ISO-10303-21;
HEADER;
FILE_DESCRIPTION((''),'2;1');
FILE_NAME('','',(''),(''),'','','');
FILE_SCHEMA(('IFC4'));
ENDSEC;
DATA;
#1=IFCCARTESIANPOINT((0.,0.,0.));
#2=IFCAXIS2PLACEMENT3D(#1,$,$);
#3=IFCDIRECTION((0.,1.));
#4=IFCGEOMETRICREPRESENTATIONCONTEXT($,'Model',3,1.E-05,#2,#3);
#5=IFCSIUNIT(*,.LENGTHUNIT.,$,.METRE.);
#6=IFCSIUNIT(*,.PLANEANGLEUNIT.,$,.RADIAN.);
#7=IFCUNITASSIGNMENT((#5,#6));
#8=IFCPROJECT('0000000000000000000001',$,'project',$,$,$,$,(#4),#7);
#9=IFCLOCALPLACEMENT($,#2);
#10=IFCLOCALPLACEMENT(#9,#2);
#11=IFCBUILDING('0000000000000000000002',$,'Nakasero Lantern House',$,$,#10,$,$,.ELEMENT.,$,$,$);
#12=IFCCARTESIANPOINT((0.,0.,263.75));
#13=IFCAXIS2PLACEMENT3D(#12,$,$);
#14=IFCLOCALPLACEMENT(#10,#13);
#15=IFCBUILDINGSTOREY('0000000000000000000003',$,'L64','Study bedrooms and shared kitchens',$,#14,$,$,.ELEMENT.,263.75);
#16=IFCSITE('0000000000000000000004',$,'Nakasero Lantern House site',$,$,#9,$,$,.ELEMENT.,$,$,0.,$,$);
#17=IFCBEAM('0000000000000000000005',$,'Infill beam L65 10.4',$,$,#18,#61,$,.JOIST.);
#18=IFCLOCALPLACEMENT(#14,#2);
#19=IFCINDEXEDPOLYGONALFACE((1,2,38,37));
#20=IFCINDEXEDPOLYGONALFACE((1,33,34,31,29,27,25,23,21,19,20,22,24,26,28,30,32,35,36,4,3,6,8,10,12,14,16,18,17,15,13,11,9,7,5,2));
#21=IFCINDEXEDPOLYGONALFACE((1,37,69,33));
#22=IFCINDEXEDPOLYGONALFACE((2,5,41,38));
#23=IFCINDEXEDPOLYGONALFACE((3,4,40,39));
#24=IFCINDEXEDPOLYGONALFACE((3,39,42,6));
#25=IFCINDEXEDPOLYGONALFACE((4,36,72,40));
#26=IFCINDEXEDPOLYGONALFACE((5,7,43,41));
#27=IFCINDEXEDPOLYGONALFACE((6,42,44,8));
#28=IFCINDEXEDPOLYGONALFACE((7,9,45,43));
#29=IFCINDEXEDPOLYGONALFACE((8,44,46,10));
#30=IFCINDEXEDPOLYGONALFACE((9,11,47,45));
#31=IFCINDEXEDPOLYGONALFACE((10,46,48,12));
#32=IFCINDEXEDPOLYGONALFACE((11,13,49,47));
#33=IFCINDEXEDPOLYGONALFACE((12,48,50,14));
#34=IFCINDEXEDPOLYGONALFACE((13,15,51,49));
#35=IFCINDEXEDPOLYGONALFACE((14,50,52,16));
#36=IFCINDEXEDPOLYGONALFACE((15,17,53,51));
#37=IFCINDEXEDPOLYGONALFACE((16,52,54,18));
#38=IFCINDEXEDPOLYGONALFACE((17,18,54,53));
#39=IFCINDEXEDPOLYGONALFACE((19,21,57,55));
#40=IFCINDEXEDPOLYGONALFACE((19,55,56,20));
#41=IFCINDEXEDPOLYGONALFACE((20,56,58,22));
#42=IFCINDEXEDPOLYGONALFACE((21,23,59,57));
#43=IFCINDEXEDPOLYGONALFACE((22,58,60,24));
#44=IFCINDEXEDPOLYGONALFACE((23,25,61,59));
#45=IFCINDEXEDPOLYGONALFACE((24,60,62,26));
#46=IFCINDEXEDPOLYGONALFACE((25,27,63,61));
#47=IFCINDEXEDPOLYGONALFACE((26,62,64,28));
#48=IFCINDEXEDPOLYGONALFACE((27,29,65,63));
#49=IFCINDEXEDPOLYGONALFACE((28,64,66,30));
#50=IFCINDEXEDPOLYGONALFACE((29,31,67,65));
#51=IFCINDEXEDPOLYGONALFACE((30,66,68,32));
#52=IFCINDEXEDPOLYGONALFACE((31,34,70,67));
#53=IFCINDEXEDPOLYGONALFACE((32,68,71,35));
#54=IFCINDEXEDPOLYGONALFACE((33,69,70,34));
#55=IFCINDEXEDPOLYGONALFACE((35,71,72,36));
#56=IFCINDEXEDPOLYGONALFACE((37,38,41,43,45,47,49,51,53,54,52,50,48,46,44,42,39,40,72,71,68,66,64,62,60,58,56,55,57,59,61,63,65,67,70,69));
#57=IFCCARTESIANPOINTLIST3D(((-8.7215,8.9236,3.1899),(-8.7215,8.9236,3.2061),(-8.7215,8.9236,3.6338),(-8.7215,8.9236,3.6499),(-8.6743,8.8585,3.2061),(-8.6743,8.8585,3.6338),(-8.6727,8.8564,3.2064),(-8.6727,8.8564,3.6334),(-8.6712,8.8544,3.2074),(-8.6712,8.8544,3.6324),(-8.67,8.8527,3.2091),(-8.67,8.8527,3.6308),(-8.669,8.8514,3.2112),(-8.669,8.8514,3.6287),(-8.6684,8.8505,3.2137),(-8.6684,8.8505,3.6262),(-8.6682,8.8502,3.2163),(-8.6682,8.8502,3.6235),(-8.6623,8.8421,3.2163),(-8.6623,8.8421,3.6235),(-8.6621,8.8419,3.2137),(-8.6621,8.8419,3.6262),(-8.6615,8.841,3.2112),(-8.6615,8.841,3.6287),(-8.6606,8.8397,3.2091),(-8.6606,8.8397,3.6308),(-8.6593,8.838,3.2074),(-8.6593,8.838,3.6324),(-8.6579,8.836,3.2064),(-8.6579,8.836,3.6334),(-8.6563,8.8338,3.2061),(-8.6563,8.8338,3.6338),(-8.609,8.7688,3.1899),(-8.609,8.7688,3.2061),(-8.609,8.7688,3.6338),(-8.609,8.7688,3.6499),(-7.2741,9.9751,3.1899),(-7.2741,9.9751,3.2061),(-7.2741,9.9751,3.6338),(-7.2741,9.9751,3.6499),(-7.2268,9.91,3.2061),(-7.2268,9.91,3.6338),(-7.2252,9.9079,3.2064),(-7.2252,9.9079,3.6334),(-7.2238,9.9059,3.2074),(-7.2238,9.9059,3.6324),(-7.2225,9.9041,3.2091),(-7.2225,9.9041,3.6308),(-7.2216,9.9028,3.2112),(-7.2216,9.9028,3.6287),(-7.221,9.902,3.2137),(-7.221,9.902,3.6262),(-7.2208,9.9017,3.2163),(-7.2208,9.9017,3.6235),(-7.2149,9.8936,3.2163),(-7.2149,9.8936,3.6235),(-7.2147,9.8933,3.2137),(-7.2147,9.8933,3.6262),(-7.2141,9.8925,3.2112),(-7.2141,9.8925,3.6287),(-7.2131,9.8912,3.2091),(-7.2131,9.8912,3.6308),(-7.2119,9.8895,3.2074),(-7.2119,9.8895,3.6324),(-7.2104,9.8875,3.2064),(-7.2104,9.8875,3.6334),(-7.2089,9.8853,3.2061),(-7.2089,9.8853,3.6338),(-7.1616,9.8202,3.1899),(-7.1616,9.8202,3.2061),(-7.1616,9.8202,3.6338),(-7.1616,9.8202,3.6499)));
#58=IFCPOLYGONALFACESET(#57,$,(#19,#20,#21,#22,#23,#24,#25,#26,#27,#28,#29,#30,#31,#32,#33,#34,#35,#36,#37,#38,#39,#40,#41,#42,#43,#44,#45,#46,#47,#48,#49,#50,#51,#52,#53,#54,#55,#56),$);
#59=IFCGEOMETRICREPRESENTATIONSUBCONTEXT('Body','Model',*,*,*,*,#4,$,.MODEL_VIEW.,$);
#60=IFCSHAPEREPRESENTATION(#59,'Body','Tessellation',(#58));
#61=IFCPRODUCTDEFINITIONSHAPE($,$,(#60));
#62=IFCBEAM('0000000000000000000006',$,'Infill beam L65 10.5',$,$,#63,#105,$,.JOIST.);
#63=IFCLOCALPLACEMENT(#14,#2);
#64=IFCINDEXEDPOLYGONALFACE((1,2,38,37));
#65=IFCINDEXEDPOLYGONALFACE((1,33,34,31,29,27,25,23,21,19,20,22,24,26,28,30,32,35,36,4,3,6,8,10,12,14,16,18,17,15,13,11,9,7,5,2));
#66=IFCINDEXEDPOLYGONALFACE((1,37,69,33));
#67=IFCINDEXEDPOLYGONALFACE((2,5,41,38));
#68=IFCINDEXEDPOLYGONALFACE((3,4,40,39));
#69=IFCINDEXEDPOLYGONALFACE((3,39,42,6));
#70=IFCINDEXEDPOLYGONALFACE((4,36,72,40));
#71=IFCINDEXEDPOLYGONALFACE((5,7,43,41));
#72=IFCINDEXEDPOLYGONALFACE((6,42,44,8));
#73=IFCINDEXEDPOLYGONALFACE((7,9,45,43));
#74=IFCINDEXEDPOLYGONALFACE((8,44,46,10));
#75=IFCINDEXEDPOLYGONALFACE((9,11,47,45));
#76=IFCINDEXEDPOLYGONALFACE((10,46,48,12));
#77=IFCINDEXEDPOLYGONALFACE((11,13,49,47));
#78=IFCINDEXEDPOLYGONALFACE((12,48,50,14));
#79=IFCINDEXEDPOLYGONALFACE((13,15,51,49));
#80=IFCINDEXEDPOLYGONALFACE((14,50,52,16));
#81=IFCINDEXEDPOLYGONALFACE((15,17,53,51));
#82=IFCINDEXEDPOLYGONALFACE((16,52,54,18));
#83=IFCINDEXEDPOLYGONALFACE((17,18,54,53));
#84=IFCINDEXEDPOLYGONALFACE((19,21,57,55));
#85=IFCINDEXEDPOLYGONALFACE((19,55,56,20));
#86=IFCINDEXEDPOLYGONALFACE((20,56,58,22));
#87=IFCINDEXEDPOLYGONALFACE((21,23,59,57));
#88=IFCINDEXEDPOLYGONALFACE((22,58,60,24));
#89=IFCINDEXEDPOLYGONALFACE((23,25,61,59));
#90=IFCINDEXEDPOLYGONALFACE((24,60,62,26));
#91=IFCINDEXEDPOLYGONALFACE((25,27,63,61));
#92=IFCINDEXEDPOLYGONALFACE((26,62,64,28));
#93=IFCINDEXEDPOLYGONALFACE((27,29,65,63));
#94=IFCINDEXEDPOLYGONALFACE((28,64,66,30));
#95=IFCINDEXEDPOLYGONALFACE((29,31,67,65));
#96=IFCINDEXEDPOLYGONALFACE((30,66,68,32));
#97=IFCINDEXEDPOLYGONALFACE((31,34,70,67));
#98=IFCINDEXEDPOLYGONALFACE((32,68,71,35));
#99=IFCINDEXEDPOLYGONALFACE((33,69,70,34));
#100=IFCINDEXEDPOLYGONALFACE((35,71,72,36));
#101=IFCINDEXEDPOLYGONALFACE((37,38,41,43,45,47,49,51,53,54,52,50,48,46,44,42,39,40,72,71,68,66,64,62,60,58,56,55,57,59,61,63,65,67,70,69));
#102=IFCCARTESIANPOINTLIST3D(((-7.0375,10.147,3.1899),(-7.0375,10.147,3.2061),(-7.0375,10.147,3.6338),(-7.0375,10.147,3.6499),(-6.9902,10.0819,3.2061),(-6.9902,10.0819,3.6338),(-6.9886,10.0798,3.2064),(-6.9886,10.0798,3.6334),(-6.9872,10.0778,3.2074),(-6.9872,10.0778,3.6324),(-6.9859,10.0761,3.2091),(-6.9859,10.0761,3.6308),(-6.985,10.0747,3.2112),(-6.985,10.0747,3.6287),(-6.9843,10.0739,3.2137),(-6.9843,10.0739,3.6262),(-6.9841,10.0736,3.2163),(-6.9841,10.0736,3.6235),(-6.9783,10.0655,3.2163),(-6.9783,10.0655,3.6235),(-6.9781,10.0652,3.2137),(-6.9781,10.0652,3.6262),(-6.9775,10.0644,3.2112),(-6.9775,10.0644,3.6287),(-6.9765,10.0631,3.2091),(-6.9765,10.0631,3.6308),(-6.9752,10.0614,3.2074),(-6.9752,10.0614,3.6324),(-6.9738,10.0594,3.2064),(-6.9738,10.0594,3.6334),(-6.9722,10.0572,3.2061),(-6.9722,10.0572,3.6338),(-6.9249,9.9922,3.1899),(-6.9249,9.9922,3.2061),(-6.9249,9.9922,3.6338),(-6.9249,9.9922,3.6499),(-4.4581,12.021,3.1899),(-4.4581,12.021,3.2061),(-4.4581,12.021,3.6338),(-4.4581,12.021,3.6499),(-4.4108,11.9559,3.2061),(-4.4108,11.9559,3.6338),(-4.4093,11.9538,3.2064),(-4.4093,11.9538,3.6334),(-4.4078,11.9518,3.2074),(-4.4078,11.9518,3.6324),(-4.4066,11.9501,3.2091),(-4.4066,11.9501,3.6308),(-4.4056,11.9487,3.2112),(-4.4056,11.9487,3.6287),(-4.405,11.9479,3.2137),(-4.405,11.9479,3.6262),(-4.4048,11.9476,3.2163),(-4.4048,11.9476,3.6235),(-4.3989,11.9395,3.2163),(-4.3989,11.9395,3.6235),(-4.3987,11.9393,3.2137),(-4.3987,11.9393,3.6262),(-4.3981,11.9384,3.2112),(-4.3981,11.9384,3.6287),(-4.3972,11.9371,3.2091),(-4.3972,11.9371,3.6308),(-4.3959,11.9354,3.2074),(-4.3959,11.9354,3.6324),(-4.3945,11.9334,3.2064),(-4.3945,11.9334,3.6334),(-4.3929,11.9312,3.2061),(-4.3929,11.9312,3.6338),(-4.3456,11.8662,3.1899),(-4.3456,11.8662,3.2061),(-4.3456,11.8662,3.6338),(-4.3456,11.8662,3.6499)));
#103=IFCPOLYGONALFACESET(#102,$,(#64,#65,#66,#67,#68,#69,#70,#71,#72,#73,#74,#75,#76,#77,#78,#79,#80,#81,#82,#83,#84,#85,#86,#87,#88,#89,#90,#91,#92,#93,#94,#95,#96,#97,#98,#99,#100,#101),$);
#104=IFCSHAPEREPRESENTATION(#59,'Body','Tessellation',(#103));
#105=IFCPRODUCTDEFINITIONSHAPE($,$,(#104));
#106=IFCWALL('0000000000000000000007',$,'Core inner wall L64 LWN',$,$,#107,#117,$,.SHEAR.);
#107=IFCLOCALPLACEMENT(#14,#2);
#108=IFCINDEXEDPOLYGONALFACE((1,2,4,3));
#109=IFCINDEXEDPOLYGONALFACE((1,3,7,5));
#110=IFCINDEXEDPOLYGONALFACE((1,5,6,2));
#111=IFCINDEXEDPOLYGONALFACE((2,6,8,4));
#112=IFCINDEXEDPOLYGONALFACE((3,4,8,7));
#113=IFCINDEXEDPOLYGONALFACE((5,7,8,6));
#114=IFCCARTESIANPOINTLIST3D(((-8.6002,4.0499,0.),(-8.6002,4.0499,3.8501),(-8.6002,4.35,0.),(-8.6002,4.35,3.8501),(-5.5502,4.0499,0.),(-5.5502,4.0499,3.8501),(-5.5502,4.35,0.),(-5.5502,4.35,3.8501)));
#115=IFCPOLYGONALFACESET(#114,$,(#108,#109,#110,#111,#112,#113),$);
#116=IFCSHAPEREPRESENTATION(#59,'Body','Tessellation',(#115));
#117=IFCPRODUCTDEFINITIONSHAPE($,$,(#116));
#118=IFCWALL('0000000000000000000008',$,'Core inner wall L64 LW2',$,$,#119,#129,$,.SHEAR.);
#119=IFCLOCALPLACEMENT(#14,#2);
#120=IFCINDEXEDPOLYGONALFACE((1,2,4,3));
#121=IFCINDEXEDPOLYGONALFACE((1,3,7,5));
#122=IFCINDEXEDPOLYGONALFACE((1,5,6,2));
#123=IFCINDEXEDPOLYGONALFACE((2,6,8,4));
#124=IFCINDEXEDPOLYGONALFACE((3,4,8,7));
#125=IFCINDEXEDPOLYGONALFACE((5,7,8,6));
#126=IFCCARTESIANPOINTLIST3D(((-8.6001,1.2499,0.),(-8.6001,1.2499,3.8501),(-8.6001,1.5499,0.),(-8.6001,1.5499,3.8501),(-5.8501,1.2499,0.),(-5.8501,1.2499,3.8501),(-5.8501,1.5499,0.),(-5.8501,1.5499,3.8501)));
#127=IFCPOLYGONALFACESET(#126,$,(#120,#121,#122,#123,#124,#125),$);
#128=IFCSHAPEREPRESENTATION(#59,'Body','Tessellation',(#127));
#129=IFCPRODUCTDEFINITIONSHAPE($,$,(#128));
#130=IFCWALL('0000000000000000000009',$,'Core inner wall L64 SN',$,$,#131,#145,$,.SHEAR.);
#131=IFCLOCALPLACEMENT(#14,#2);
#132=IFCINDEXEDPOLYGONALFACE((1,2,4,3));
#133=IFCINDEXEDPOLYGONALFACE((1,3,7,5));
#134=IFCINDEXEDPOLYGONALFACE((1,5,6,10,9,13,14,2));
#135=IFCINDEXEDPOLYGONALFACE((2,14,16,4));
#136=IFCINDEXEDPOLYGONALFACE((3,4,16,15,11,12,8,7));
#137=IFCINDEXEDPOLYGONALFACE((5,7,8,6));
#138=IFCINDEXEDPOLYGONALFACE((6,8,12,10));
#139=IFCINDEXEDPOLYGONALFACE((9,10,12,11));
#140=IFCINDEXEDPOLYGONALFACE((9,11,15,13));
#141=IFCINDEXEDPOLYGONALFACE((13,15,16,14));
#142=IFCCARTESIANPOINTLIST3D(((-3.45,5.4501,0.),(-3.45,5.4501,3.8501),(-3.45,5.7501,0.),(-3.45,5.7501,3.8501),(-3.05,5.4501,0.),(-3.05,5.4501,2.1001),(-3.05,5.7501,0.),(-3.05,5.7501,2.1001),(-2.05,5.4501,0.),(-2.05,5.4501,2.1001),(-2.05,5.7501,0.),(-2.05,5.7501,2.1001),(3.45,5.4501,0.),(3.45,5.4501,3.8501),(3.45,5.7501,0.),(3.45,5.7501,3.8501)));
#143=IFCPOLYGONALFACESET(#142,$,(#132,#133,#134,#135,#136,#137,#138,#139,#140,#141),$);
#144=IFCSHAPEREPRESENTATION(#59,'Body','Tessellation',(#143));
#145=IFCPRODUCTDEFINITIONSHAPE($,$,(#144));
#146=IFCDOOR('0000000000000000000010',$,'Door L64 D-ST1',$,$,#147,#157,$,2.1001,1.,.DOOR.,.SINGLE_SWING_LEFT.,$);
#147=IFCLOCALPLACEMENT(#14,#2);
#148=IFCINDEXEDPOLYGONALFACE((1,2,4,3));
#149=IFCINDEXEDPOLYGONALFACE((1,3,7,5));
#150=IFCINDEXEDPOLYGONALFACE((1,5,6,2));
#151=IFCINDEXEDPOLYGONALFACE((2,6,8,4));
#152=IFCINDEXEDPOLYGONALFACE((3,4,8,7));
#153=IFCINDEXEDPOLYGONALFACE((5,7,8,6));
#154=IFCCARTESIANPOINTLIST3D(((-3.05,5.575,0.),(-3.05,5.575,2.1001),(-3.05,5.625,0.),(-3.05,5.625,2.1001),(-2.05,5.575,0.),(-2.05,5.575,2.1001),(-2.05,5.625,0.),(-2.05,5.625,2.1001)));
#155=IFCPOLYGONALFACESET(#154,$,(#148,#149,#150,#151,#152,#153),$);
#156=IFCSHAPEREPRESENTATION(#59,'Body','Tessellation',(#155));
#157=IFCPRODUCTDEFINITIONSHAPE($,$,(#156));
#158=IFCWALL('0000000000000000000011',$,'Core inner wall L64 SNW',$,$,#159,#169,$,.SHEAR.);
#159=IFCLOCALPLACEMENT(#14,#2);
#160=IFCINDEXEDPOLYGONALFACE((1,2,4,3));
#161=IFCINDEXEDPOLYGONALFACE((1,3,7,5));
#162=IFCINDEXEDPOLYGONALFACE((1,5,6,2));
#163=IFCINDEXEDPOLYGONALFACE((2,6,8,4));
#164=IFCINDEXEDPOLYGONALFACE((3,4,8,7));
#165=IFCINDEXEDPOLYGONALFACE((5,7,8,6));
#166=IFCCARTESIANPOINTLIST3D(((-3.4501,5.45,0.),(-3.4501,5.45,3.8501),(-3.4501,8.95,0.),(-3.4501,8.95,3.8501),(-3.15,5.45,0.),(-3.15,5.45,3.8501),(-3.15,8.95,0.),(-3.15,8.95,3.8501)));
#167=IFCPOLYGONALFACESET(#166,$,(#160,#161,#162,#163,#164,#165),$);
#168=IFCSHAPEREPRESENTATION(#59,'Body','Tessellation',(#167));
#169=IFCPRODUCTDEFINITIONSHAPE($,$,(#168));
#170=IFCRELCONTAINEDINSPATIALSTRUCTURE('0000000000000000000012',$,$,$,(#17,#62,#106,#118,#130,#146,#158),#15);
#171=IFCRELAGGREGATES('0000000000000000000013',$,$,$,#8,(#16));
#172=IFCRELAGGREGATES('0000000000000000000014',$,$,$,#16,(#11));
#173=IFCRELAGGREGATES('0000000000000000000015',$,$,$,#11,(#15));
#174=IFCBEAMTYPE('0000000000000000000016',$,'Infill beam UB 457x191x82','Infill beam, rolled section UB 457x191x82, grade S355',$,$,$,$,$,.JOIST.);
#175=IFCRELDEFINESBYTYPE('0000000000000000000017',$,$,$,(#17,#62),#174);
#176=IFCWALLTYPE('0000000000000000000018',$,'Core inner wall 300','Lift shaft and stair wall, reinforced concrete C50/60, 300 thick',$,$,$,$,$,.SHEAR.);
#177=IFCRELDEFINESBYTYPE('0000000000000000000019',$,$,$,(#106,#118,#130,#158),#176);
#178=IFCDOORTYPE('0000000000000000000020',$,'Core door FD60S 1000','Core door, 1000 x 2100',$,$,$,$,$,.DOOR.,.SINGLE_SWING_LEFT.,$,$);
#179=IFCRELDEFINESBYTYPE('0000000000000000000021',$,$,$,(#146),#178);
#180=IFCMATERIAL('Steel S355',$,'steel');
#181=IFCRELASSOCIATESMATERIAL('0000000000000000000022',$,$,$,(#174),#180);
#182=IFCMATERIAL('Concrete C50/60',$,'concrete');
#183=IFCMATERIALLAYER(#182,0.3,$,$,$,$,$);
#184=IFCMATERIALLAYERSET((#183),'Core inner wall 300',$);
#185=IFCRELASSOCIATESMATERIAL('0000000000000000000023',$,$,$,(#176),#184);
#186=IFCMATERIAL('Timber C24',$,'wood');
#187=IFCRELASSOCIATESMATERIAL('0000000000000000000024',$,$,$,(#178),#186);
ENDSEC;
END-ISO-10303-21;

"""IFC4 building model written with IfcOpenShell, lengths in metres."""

from ifc_helpers import new_model, si_unit, direction, frame, frame_2d, origin, origin_2d, place, context, subcontext, project, spatial, rectangle, i_section, extrude, material, layer, layer_set, material_profile, profile_set, type_object, element, fill, save


model = new_model("IFC4")

# Units and contexts
model_context = context("Model", 3, precision=1e-05, world=origin(), true_north=direction((0.0, 1.0)))
body_context = subcontext(model_context, "Body", "Model", "MODEL_VIEW")
ifc_project = project(units=[si_unit("LENGTHUNIT", "METRE"), si_unit("PLANEANGLEUNIT", "RADIAN")], contexts=[model_context])

# Site, building, storey
site_placement = place(None, origin())
site = spatial("IfcSite", under=ifc_project, at=site_placement, Name="Nakasero Lantern House site", CompositionType="ELEMENT", RefElevation=0.0)
building_placement = place(site_placement, origin())
building = spatial("IfcBuilding", under=site, at=building_placement, Name="Nakasero Lantern House", CompositionType="ELEMENT")
storey_placement = place(building_placement, frame((0.0, 0.0, 263.75)))
storey = spatial("IfcBuildingStorey", under=building, at=storey_placement, Name="L64", Description="Study bedrooms and shared kitchens", CompositionType="ELEMENT", Elevation=263.75)

# Beams
ifc_material_1 = material(Name="Steel S355", Category="steel")
ifc_material_profile = material_profile(ifc_material_1, i_section(OverallWidth=0.1914, OverallDepth=0.46, WebThickness=0.01, FlangeThickness=0.0161, FilletRadius=0.0103, at=origin_2d()), Name="UB 457x191x82")
ifc_profile_set = profile_set([ifc_material_profile], Name="Steel S355")
beam_type = type_object("IfcBeamType", Name="Infill beam UB 457x191x82", Description="Infill beam, rolled section UB 457x191x82, grade S355", PredefinedType="JOIST", material=ifc_profile_set)
beam_1_placement = place(storey_placement, frame((-8.6653, 8.8462, 3.4199), z_axis=(0.809061, 0.587725, 0.0), x_axis=(-0.587725, 0.809061, 0.0)))
element("IfcBeam", 1, at=beam_1_placement, inside=storey, type_object=beam_type, Name="Infill beam L65 10.4", PredefinedType="JOIST", context=body_context, shape_type="SweptSolid", body=[
    extrude(i_section(OverallWidth=0.1914, OverallDepth=0.46, WebThickness=0.01, FlangeThickness=0.0161, FilletRadius=0.0103, at=origin_2d()), origin(), (0.0, 0.0, 1.0), 1.7891),
])
beam_2_placement = place(storey_placement, frame((-6.9812, 10.0696, 3.4199), z_axis=(0.809014, 0.587789, 0.0), x_axis=(-0.587789, 0.809014, 0.0)))
element("IfcBeam", 2, at=beam_2_placement, inside=storey, type_object=beam_type, Name="Infill beam L65 10.5", PredefinedType="JOIST", context=body_context, shape_type="SweptSolid", body=[
    extrude(i_section(OverallWidth=0.1914, OverallDepth=0.46, WebThickness=0.01, FlangeThickness=0.0161, FilletRadius=0.0103, at=origin_2d()), origin(), (0.0, 0.0, 1.0), 3.1882),
])

# Walls
ifc_material_2 = material(Name="Concrete C50/60", Category="concrete")
ifc_layer_1 = layer(ifc_material_2, 0.3)
ifc_layer_set_1 = layer_set([ifc_layer_1], Name="Core inner wall 300")
wall_type_1 = type_object("IfcWallType", Name="Core inner wall 300", Description="Lift shaft and stair wall, reinforced concrete C50/60, 300 thick", PredefinedType="SHEAR", material=ifc_layer_set_1)
wall_1_placement = place(storey_placement, frame((-8.6001, 4.2, 0.0), z_axis=(0.0, 0.0, 1.0), x_axis=(1.0, 0.0, 0.0)))
element("IfcWall", 3, at=wall_1_placement, inside=storey, type_object=wall_type_1, Name="Core inner wall L64 LWN", PredefinedType="SHEAR", context=body_context, shape_type="SweptSolid", body=[
    extrude(rectangle(XDim=3.05, YDim=0.3, at=frame_2d((1.5249, 0.0))), origin(), (0.0, 0.0, 1.0), 3.8501),
])
wall_2_placement = place(storey_placement, frame((-8.6001, 1.3999, 0.0), z_axis=(0.0, 0.0, 1.0), x_axis=(1.0, 0.0, 0.0)))
element("IfcWall", 4, at=wall_2_placement, inside=storey, type_object=wall_type_1, Name="Core inner wall L64 LW2", PredefinedType="SHEAR", context=body_context, shape_type="SweptSolid", body=[
    extrude(rectangle(XDim=2.75, YDim=0.3, at=frame_2d((1.375, 0.0))), origin(), (0.0, 0.0, 1.0), 3.8501),
])

# Wall, opening, door
wall_3_placement = place(storey_placement, frame((-3.45, 5.6001, 0.0), z_axis=(0.0, 0.0, 1.0), x_axis=(1.0, 0.0, 0.0)))
wall_3 = element("IfcWall", 5, at=wall_3_placement, inside=storey, type_object=wall_type_1, Name="Core inner wall L64 SN", PredefinedType="SHEAR", context=body_context, shape_type="SweptSolid", body=[
    extrude(rectangle(XDim=6.8999, YDim=0.3, at=frame_2d((3.45, 0.0))), origin(), (0.0, 0.0, 1.0), 3.8501),
])
opening_1_placement = place(wall_3_placement, frame((0.3999, 0.0, 0.0)))
opening_1 = element("IfcOpeningElement", 6, at=opening_1_placement, cuts=wall_3, PredefinedType="OPENING", context=body_context, shape_type="SweptSolid", body=[
    extrude(rectangle(XDim=1.0, YDim=2.1001, at=frame_2d((0.5, 1.05))), frame((0.0, 0.1699, 0.0), z_axis=(0.0, -1.0, 0.0), x_axis=(1.0, 0.0, 0.0)), (0.0, 0.0, 1.0), 0.3401),
])
ifc_material_3 = material(Name="Timber C24", Category="wood")
door_type_1 = type_object("IfcDoorType", Name="Core door FD60S 1000", Description="Core door, 1000 x 2100", OperationType="SINGLE_SWING_LEFT", PredefinedType="DOOR", material=ifc_material_3)
door_1_placement = place(opening_1_placement, origin())
door_1 = element("IfcDoor", 7, at=door_1_placement, inside=storey, type_object=door_type_1, Name="Door L64 D-ST1", OperationType="SINGLE_SWING_LEFT", OverallHeight=2.1001, OverallWidth=1.0, PredefinedType="DOOR", context=body_context, shape_type="SweptSolid", body=[
    extrude(rectangle(XDim=1.0, YDim=2.1001, at=frame_2d((0.5, 1.05))), frame((0.0, 0.0249, 0.0), z_axis=(0.0, -1.0, 0.0), x_axis=(1.0, 0.0, 0.0)), (0.0, 0.0, 1.0), 0.05),
])
fill(opening_1, door_1)

# Wall
wall_4_placement = place(storey_placement, frame((-3.3, 5.45, 0.0), z_axis=(0.0, 0.0, 1.0), x_axis=(0.0, 1.0, 0.0)))
element("IfcWall", 8, at=wall_4_placement, inside=storey, type_object=wall_type_1, Name="Core inner wall L64 SNW", PredefinedType="SHEAR", context=body_context, shape_type="SweptSolid", body=[
    extrude(rectangle(XDim=3.5, YDim=0.3, at=frame_2d((1.75, 0.0))), origin(), (0.0, 0.0, 1.0), 3.8501),
])

save(model, "model.ifc")
